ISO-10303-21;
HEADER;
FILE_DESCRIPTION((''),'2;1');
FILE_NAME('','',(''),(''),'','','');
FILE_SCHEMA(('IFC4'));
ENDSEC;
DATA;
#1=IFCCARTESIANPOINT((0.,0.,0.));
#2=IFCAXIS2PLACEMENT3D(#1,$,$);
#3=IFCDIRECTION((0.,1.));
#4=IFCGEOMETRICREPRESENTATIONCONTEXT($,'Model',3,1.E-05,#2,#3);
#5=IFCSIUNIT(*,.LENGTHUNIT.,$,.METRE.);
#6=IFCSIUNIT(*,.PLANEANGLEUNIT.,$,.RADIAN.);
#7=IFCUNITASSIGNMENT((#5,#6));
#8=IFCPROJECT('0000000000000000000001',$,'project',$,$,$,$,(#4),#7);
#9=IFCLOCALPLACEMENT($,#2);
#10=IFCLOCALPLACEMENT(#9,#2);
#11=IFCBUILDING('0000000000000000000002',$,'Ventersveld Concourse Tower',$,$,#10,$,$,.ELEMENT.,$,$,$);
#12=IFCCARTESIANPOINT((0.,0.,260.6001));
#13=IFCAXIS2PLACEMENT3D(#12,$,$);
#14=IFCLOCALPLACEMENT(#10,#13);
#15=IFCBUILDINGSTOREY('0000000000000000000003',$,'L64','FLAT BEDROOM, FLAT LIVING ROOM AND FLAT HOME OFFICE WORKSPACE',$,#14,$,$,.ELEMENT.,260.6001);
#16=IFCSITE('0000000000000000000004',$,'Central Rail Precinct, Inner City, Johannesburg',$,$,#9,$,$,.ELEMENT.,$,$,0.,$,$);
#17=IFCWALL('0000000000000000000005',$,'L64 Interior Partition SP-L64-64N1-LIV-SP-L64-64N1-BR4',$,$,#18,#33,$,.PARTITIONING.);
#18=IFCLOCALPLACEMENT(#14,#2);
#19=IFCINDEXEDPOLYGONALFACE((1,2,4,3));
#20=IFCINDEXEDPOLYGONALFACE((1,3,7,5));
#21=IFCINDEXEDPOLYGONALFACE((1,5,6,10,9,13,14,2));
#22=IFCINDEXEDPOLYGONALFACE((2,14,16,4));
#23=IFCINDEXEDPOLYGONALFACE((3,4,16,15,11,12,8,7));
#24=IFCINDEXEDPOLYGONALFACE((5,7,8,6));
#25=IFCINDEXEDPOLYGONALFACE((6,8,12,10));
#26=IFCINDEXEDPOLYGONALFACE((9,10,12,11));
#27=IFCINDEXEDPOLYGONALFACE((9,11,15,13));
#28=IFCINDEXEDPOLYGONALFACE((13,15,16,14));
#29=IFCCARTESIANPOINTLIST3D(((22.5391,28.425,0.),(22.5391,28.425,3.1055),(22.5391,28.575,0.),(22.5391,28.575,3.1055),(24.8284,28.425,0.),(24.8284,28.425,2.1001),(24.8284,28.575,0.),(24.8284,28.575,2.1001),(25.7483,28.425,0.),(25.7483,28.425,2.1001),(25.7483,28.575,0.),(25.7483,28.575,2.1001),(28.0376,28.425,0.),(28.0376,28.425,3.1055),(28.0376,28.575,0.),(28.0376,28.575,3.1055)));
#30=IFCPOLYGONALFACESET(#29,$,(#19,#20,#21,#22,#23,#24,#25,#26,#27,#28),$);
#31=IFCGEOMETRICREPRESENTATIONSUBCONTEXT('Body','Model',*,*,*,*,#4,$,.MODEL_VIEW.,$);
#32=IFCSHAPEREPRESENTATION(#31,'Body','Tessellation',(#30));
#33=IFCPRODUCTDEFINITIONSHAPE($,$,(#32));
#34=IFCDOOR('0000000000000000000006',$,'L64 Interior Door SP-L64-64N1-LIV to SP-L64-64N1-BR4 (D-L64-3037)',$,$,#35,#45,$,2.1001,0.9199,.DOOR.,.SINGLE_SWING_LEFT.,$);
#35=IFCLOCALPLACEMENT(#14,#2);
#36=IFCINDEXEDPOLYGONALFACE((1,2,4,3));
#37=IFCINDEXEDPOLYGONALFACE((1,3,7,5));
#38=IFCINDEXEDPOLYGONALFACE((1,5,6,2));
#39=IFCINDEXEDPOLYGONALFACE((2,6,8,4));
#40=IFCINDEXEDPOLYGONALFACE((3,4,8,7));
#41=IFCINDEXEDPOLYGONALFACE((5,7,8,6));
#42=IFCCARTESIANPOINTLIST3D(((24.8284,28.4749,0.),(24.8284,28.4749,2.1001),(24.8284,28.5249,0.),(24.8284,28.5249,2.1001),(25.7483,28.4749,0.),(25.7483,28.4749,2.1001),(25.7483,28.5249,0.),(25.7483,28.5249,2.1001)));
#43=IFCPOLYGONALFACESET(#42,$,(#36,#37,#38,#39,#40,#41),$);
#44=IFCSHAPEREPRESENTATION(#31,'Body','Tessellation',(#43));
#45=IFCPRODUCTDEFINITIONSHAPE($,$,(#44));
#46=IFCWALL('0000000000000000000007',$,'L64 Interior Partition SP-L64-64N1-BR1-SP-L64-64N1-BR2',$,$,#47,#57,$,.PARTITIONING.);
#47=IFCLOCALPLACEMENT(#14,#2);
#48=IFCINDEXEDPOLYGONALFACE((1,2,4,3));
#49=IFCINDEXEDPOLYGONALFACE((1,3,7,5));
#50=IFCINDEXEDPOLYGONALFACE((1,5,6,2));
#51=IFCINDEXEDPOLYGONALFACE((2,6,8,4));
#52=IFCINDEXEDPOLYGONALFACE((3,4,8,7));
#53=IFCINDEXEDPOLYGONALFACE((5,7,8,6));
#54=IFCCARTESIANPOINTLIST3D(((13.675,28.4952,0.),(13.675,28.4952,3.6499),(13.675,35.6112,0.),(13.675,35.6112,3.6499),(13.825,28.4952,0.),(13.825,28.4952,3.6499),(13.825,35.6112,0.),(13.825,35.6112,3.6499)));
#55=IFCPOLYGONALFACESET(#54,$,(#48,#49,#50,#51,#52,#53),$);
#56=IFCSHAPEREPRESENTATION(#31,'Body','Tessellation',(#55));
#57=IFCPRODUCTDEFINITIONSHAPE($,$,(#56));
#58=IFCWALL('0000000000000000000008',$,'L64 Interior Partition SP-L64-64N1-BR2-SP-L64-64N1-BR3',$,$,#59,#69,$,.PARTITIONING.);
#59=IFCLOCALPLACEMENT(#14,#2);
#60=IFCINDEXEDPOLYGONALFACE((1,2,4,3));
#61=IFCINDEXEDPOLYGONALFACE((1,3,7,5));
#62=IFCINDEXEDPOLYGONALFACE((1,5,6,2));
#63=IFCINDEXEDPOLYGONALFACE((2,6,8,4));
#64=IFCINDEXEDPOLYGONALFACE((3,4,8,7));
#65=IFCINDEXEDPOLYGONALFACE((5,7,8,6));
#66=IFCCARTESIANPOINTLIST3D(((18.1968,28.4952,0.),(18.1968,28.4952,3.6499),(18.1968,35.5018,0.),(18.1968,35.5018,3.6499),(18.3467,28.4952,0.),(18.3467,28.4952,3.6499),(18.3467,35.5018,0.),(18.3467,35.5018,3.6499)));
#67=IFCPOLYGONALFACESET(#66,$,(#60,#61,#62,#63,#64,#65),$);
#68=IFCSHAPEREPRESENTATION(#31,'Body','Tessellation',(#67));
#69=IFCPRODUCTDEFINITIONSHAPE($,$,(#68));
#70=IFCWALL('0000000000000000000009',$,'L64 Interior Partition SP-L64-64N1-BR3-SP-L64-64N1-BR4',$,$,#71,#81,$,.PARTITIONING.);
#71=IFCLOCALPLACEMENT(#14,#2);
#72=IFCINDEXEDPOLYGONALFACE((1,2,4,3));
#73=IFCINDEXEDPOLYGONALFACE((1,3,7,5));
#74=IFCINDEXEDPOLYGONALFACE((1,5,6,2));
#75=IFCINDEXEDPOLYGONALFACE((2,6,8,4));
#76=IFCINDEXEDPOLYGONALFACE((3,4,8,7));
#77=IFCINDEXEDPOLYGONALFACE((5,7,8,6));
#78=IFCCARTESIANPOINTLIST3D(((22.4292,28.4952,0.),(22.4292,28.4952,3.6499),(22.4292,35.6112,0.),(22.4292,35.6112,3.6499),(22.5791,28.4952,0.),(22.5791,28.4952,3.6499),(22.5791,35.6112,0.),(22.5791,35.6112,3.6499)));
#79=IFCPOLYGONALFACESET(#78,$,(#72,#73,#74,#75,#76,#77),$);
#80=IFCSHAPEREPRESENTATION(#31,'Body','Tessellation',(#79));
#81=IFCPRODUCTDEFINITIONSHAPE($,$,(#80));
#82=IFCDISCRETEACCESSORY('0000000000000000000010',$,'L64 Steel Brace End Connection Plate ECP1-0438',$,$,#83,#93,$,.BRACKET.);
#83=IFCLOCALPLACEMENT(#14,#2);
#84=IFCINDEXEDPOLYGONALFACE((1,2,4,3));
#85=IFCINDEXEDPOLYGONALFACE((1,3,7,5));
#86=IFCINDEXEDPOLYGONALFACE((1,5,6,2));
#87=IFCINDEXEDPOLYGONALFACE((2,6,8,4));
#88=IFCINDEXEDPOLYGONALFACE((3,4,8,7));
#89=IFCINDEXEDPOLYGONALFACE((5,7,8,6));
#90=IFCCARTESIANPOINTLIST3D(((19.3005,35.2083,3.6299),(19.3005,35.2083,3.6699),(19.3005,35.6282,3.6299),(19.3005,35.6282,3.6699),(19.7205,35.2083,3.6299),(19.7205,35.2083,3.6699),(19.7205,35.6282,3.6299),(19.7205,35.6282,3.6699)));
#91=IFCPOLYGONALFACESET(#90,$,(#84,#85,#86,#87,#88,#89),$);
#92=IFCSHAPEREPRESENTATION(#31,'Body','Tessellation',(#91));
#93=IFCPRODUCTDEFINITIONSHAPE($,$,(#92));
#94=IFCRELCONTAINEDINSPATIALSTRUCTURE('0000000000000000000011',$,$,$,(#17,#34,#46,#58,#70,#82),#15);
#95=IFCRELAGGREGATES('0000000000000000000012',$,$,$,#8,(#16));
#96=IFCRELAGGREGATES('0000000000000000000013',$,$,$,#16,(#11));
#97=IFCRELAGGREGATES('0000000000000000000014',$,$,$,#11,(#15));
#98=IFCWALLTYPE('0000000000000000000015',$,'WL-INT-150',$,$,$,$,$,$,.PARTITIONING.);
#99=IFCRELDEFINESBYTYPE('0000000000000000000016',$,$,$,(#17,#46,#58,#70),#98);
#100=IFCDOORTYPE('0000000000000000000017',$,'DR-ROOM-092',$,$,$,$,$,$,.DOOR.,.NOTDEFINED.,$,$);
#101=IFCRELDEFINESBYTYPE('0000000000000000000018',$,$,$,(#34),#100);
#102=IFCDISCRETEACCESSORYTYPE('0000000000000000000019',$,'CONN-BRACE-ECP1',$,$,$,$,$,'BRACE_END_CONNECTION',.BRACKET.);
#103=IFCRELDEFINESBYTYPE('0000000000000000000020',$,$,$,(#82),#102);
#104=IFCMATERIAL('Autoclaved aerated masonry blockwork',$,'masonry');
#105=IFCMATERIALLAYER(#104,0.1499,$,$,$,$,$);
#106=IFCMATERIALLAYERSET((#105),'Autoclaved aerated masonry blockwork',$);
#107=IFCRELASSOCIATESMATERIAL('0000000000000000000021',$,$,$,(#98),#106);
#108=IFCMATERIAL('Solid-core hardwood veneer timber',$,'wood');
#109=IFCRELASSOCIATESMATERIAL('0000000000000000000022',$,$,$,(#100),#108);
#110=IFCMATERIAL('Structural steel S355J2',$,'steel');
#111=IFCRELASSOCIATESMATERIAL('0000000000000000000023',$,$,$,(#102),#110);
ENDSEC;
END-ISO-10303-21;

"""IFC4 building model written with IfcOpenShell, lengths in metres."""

from ifc_helpers import new_model, si_unit, direction, frame, frame_2d, origin, origin_2d, place, context, subcontext, project, spatial, rectangle, extrude, material, layer, layer_set, type_object, element, fill, save


model = new_model("IFC4")

# Units and contexts
model_context = context("Model", 3, precision=1e-05, world=origin(), true_north=direction((0.0, 1.0)))
body_context = subcontext(model_context, "Body", "Model", "MODEL_VIEW")
ifc_project = project(units=[si_unit("LENGTHUNIT", "METRE"), si_unit("PLANEANGLEUNIT", "RADIAN")], contexts=[model_context])

# Site, building, storey
site_placement = place(None, origin())
site = spatial("IfcSite", under=ifc_project, at=site_placement, Name="Central Rail Precinct, Inner City, Johannesburg", CompositionType="ELEMENT", RefElevation=0.0)
building_placement = place(site_placement, origin())
building = spatial("IfcBuilding", under=site, at=building_placement, Name="Ventersveld Concourse Tower", CompositionType="ELEMENT")
storey_placement = place(building_placement, frame((0.0, 0.0, 260.6001)))
storey = spatial("IfcBuildingStorey", under=building, at=storey_placement, Name="L64", Description="FLAT BEDROOM, FLAT LIVING ROOM AND FLAT HOME OFFICE WORKSPACE", CompositionType="ELEMENT", Elevation=260.6001)

# Shared definitions
ifc_material_1 = material(Name="Structural steel S355J2", Category="steel")

# Wall, opening, door
ifc_material_2 = material(Name="Autoclaved aerated masonry blockwork", Category="masonry")
ifc_layer = layer(ifc_material_2, 0.1499)
ifc_layer_set = layer_set([ifc_layer], Name="Autoclaved aerated masonry blockwork")
wall_type = type_object("IfcWallType", Name="WL-INT-150", PredefinedType="PARTITIONING", material=ifc_layer_set)
ifc_material_3 = material(Name="Solid-core hardwood veneer timber", Category="wood")
door_type = type_object("IfcDoorType", Name="DR-ROOM-092", OperationType="NOTDEFINED", PredefinedType="DOOR", material=ifc_material_3)
wall_1_placement = place(storey_placement, frame((22.5391, 28.5, 0.0), z_axis=(0.0, 0.0, 1.0), x_axis=(1.0, 0.0, 0.0)))
wall_1 = element("IfcWall", 1, at=wall_1_placement, inside=storey, type_object=wall_type, Name="L64 Interior Partition SP-L64-64N1-LIV-SP-L64-64N1-BR4", PredefinedType="PARTITIONING", context=body_context, shape_type="SweptSolid", body=[
    extrude(rectangle(XDim=5.4985, YDim=0.1499, at=frame_2d((2.7493, 0.0))), origin(), (0.0, 0.0, 1.0), 3.1055),
])
opening_1_placement = place(wall_1_placement, frame((2.2893, 0.0, 0.0)))
opening_1 = element("IfcOpeningElement", 2, at=opening_1_placement, cuts=wall_1, PredefinedType="OPENING", context=body_context, shape_type="SweptSolid", body=[
    extrude(rectangle(XDim=0.9199, YDim=2.1001, at=frame_2d((0.46, 1.05))), frame((0.0, 0.085, 0.0), z_axis=(0.0, -1.0, 0.0), x_axis=(1.0, 0.0, 0.0)), (0.0, 0.0, 1.0), 0.1699),
])
door_1_placement = place(opening_1_placement, origin())
door_1 = element("IfcDoor", 3, at=door_1_placement, inside=storey, type_object=door_type, Name="L64 Interior Door SP-L64-64N1-LIV to SP-L64-64N1-BR4 (D-L64-3037)", OperationType="SINGLE_SWING_LEFT", OverallHeight=2.1001, OverallWidth=0.9199, PredefinedType="DOOR", context=body_context, shape_type="SweptSolid", body=[
    extrude(rectangle(XDim=0.9199, YDim=2.1001, at=frame_2d((0.46, 1.05))), frame((0.0, 0.0249, 0.0), z_axis=(0.0, -1.0, 0.0), x_axis=(1.0, 0.0, 0.0)), (0.0, 0.0, 1.0), 0.05),
])
fill(opening_1, door_1)

# Walls
wall_2_placement = place(storey_placement, frame((13.75, 28.4951, 0.0), z_axis=(0.0, 0.0, 1.0), x_axis=(0.0, 1.0, 0.0)))
element("IfcWall", 4, at=wall_2_placement, inside=storey, type_object=wall_type, Name="L64 Interior Partition SP-L64-64N1-BR1-SP-L64-64N1-BR2", PredefinedType="PARTITIONING", context=body_context, shape_type="SweptSolid", body=[
    extrude(rectangle(XDim=7.116, YDim=0.1499, at=frame_2d((3.5581, 0.0))), origin(), (0.0, 0.0, 1.0), 3.6499),
])
wall_3_placement = place(storey_placement, frame((18.2717, 28.4951, 0.0), z_axis=(0.0, 0.0, 1.0), x_axis=(0.0, 1.0, 0.0)))
element("IfcWall", 5, at=wall_3_placement, inside=storey, type_object=wall_type, Name="L64 Interior Partition SP-L64-64N1-BR2-SP-L64-64N1-BR3", PredefinedType="PARTITIONING", context=body_context, shape_type="SweptSolid", body=[
    extrude(rectangle(XDim=7.0066, YDim=0.1499, at=frame_2d((3.5034, 0.0))), origin(), (0.0, 0.0, 1.0), 3.6499),
])
wall_4_placement = place(storey_placement, frame((22.5042, 28.4951, 0.0), z_axis=(0.0, 0.0, 1.0), x_axis=(0.0, 1.0, 0.0)))
element("IfcWall", 6, at=wall_4_placement, inside=storey, type_object=wall_type, Name="L64 Interior Partition SP-L64-64N1-BR3-SP-L64-64N1-BR4", PredefinedType="PARTITIONING", context=body_context, shape_type="SweptSolid", body=[
    extrude(rectangle(XDim=7.116, YDim=0.1499, at=frame_2d((3.5581, 0.0))), origin(), (0.0, 0.0, 1.0), 3.6499),
])

# Discrete accessory
discrete_accessory_type = type_object("IfcDiscreteAccessoryType", Name="CONN-BRACE-ECP1", ElementType="BRACE_END_CONNECTION", PredefinedType="BRACKET", material=ifc_material_1)
discrete_accessory_placement = place(storey_placement, frame((19.5105, 35.4182, 3.6299), z_axis=(0.0, 0.0, 1.0), x_axis=(1.0, 0.0, 0.0)))
element("IfcDiscreteAccessory", 7, at=discrete_accessory_placement, inside=storey, type_object=discrete_accessory_type, Name="L64 Steel Brace End Connection Plate ECP1-0438", PredefinedType="BRACKET", context=body_context, shape_type="SweptSolid", body=[
    extrude(rectangle(XDim=0.4199, YDim=0.4199, at=origin_2d()), origin(), (0.0, 0.0, 1.0), 0.04),
])

save(model, "model.ifc")
